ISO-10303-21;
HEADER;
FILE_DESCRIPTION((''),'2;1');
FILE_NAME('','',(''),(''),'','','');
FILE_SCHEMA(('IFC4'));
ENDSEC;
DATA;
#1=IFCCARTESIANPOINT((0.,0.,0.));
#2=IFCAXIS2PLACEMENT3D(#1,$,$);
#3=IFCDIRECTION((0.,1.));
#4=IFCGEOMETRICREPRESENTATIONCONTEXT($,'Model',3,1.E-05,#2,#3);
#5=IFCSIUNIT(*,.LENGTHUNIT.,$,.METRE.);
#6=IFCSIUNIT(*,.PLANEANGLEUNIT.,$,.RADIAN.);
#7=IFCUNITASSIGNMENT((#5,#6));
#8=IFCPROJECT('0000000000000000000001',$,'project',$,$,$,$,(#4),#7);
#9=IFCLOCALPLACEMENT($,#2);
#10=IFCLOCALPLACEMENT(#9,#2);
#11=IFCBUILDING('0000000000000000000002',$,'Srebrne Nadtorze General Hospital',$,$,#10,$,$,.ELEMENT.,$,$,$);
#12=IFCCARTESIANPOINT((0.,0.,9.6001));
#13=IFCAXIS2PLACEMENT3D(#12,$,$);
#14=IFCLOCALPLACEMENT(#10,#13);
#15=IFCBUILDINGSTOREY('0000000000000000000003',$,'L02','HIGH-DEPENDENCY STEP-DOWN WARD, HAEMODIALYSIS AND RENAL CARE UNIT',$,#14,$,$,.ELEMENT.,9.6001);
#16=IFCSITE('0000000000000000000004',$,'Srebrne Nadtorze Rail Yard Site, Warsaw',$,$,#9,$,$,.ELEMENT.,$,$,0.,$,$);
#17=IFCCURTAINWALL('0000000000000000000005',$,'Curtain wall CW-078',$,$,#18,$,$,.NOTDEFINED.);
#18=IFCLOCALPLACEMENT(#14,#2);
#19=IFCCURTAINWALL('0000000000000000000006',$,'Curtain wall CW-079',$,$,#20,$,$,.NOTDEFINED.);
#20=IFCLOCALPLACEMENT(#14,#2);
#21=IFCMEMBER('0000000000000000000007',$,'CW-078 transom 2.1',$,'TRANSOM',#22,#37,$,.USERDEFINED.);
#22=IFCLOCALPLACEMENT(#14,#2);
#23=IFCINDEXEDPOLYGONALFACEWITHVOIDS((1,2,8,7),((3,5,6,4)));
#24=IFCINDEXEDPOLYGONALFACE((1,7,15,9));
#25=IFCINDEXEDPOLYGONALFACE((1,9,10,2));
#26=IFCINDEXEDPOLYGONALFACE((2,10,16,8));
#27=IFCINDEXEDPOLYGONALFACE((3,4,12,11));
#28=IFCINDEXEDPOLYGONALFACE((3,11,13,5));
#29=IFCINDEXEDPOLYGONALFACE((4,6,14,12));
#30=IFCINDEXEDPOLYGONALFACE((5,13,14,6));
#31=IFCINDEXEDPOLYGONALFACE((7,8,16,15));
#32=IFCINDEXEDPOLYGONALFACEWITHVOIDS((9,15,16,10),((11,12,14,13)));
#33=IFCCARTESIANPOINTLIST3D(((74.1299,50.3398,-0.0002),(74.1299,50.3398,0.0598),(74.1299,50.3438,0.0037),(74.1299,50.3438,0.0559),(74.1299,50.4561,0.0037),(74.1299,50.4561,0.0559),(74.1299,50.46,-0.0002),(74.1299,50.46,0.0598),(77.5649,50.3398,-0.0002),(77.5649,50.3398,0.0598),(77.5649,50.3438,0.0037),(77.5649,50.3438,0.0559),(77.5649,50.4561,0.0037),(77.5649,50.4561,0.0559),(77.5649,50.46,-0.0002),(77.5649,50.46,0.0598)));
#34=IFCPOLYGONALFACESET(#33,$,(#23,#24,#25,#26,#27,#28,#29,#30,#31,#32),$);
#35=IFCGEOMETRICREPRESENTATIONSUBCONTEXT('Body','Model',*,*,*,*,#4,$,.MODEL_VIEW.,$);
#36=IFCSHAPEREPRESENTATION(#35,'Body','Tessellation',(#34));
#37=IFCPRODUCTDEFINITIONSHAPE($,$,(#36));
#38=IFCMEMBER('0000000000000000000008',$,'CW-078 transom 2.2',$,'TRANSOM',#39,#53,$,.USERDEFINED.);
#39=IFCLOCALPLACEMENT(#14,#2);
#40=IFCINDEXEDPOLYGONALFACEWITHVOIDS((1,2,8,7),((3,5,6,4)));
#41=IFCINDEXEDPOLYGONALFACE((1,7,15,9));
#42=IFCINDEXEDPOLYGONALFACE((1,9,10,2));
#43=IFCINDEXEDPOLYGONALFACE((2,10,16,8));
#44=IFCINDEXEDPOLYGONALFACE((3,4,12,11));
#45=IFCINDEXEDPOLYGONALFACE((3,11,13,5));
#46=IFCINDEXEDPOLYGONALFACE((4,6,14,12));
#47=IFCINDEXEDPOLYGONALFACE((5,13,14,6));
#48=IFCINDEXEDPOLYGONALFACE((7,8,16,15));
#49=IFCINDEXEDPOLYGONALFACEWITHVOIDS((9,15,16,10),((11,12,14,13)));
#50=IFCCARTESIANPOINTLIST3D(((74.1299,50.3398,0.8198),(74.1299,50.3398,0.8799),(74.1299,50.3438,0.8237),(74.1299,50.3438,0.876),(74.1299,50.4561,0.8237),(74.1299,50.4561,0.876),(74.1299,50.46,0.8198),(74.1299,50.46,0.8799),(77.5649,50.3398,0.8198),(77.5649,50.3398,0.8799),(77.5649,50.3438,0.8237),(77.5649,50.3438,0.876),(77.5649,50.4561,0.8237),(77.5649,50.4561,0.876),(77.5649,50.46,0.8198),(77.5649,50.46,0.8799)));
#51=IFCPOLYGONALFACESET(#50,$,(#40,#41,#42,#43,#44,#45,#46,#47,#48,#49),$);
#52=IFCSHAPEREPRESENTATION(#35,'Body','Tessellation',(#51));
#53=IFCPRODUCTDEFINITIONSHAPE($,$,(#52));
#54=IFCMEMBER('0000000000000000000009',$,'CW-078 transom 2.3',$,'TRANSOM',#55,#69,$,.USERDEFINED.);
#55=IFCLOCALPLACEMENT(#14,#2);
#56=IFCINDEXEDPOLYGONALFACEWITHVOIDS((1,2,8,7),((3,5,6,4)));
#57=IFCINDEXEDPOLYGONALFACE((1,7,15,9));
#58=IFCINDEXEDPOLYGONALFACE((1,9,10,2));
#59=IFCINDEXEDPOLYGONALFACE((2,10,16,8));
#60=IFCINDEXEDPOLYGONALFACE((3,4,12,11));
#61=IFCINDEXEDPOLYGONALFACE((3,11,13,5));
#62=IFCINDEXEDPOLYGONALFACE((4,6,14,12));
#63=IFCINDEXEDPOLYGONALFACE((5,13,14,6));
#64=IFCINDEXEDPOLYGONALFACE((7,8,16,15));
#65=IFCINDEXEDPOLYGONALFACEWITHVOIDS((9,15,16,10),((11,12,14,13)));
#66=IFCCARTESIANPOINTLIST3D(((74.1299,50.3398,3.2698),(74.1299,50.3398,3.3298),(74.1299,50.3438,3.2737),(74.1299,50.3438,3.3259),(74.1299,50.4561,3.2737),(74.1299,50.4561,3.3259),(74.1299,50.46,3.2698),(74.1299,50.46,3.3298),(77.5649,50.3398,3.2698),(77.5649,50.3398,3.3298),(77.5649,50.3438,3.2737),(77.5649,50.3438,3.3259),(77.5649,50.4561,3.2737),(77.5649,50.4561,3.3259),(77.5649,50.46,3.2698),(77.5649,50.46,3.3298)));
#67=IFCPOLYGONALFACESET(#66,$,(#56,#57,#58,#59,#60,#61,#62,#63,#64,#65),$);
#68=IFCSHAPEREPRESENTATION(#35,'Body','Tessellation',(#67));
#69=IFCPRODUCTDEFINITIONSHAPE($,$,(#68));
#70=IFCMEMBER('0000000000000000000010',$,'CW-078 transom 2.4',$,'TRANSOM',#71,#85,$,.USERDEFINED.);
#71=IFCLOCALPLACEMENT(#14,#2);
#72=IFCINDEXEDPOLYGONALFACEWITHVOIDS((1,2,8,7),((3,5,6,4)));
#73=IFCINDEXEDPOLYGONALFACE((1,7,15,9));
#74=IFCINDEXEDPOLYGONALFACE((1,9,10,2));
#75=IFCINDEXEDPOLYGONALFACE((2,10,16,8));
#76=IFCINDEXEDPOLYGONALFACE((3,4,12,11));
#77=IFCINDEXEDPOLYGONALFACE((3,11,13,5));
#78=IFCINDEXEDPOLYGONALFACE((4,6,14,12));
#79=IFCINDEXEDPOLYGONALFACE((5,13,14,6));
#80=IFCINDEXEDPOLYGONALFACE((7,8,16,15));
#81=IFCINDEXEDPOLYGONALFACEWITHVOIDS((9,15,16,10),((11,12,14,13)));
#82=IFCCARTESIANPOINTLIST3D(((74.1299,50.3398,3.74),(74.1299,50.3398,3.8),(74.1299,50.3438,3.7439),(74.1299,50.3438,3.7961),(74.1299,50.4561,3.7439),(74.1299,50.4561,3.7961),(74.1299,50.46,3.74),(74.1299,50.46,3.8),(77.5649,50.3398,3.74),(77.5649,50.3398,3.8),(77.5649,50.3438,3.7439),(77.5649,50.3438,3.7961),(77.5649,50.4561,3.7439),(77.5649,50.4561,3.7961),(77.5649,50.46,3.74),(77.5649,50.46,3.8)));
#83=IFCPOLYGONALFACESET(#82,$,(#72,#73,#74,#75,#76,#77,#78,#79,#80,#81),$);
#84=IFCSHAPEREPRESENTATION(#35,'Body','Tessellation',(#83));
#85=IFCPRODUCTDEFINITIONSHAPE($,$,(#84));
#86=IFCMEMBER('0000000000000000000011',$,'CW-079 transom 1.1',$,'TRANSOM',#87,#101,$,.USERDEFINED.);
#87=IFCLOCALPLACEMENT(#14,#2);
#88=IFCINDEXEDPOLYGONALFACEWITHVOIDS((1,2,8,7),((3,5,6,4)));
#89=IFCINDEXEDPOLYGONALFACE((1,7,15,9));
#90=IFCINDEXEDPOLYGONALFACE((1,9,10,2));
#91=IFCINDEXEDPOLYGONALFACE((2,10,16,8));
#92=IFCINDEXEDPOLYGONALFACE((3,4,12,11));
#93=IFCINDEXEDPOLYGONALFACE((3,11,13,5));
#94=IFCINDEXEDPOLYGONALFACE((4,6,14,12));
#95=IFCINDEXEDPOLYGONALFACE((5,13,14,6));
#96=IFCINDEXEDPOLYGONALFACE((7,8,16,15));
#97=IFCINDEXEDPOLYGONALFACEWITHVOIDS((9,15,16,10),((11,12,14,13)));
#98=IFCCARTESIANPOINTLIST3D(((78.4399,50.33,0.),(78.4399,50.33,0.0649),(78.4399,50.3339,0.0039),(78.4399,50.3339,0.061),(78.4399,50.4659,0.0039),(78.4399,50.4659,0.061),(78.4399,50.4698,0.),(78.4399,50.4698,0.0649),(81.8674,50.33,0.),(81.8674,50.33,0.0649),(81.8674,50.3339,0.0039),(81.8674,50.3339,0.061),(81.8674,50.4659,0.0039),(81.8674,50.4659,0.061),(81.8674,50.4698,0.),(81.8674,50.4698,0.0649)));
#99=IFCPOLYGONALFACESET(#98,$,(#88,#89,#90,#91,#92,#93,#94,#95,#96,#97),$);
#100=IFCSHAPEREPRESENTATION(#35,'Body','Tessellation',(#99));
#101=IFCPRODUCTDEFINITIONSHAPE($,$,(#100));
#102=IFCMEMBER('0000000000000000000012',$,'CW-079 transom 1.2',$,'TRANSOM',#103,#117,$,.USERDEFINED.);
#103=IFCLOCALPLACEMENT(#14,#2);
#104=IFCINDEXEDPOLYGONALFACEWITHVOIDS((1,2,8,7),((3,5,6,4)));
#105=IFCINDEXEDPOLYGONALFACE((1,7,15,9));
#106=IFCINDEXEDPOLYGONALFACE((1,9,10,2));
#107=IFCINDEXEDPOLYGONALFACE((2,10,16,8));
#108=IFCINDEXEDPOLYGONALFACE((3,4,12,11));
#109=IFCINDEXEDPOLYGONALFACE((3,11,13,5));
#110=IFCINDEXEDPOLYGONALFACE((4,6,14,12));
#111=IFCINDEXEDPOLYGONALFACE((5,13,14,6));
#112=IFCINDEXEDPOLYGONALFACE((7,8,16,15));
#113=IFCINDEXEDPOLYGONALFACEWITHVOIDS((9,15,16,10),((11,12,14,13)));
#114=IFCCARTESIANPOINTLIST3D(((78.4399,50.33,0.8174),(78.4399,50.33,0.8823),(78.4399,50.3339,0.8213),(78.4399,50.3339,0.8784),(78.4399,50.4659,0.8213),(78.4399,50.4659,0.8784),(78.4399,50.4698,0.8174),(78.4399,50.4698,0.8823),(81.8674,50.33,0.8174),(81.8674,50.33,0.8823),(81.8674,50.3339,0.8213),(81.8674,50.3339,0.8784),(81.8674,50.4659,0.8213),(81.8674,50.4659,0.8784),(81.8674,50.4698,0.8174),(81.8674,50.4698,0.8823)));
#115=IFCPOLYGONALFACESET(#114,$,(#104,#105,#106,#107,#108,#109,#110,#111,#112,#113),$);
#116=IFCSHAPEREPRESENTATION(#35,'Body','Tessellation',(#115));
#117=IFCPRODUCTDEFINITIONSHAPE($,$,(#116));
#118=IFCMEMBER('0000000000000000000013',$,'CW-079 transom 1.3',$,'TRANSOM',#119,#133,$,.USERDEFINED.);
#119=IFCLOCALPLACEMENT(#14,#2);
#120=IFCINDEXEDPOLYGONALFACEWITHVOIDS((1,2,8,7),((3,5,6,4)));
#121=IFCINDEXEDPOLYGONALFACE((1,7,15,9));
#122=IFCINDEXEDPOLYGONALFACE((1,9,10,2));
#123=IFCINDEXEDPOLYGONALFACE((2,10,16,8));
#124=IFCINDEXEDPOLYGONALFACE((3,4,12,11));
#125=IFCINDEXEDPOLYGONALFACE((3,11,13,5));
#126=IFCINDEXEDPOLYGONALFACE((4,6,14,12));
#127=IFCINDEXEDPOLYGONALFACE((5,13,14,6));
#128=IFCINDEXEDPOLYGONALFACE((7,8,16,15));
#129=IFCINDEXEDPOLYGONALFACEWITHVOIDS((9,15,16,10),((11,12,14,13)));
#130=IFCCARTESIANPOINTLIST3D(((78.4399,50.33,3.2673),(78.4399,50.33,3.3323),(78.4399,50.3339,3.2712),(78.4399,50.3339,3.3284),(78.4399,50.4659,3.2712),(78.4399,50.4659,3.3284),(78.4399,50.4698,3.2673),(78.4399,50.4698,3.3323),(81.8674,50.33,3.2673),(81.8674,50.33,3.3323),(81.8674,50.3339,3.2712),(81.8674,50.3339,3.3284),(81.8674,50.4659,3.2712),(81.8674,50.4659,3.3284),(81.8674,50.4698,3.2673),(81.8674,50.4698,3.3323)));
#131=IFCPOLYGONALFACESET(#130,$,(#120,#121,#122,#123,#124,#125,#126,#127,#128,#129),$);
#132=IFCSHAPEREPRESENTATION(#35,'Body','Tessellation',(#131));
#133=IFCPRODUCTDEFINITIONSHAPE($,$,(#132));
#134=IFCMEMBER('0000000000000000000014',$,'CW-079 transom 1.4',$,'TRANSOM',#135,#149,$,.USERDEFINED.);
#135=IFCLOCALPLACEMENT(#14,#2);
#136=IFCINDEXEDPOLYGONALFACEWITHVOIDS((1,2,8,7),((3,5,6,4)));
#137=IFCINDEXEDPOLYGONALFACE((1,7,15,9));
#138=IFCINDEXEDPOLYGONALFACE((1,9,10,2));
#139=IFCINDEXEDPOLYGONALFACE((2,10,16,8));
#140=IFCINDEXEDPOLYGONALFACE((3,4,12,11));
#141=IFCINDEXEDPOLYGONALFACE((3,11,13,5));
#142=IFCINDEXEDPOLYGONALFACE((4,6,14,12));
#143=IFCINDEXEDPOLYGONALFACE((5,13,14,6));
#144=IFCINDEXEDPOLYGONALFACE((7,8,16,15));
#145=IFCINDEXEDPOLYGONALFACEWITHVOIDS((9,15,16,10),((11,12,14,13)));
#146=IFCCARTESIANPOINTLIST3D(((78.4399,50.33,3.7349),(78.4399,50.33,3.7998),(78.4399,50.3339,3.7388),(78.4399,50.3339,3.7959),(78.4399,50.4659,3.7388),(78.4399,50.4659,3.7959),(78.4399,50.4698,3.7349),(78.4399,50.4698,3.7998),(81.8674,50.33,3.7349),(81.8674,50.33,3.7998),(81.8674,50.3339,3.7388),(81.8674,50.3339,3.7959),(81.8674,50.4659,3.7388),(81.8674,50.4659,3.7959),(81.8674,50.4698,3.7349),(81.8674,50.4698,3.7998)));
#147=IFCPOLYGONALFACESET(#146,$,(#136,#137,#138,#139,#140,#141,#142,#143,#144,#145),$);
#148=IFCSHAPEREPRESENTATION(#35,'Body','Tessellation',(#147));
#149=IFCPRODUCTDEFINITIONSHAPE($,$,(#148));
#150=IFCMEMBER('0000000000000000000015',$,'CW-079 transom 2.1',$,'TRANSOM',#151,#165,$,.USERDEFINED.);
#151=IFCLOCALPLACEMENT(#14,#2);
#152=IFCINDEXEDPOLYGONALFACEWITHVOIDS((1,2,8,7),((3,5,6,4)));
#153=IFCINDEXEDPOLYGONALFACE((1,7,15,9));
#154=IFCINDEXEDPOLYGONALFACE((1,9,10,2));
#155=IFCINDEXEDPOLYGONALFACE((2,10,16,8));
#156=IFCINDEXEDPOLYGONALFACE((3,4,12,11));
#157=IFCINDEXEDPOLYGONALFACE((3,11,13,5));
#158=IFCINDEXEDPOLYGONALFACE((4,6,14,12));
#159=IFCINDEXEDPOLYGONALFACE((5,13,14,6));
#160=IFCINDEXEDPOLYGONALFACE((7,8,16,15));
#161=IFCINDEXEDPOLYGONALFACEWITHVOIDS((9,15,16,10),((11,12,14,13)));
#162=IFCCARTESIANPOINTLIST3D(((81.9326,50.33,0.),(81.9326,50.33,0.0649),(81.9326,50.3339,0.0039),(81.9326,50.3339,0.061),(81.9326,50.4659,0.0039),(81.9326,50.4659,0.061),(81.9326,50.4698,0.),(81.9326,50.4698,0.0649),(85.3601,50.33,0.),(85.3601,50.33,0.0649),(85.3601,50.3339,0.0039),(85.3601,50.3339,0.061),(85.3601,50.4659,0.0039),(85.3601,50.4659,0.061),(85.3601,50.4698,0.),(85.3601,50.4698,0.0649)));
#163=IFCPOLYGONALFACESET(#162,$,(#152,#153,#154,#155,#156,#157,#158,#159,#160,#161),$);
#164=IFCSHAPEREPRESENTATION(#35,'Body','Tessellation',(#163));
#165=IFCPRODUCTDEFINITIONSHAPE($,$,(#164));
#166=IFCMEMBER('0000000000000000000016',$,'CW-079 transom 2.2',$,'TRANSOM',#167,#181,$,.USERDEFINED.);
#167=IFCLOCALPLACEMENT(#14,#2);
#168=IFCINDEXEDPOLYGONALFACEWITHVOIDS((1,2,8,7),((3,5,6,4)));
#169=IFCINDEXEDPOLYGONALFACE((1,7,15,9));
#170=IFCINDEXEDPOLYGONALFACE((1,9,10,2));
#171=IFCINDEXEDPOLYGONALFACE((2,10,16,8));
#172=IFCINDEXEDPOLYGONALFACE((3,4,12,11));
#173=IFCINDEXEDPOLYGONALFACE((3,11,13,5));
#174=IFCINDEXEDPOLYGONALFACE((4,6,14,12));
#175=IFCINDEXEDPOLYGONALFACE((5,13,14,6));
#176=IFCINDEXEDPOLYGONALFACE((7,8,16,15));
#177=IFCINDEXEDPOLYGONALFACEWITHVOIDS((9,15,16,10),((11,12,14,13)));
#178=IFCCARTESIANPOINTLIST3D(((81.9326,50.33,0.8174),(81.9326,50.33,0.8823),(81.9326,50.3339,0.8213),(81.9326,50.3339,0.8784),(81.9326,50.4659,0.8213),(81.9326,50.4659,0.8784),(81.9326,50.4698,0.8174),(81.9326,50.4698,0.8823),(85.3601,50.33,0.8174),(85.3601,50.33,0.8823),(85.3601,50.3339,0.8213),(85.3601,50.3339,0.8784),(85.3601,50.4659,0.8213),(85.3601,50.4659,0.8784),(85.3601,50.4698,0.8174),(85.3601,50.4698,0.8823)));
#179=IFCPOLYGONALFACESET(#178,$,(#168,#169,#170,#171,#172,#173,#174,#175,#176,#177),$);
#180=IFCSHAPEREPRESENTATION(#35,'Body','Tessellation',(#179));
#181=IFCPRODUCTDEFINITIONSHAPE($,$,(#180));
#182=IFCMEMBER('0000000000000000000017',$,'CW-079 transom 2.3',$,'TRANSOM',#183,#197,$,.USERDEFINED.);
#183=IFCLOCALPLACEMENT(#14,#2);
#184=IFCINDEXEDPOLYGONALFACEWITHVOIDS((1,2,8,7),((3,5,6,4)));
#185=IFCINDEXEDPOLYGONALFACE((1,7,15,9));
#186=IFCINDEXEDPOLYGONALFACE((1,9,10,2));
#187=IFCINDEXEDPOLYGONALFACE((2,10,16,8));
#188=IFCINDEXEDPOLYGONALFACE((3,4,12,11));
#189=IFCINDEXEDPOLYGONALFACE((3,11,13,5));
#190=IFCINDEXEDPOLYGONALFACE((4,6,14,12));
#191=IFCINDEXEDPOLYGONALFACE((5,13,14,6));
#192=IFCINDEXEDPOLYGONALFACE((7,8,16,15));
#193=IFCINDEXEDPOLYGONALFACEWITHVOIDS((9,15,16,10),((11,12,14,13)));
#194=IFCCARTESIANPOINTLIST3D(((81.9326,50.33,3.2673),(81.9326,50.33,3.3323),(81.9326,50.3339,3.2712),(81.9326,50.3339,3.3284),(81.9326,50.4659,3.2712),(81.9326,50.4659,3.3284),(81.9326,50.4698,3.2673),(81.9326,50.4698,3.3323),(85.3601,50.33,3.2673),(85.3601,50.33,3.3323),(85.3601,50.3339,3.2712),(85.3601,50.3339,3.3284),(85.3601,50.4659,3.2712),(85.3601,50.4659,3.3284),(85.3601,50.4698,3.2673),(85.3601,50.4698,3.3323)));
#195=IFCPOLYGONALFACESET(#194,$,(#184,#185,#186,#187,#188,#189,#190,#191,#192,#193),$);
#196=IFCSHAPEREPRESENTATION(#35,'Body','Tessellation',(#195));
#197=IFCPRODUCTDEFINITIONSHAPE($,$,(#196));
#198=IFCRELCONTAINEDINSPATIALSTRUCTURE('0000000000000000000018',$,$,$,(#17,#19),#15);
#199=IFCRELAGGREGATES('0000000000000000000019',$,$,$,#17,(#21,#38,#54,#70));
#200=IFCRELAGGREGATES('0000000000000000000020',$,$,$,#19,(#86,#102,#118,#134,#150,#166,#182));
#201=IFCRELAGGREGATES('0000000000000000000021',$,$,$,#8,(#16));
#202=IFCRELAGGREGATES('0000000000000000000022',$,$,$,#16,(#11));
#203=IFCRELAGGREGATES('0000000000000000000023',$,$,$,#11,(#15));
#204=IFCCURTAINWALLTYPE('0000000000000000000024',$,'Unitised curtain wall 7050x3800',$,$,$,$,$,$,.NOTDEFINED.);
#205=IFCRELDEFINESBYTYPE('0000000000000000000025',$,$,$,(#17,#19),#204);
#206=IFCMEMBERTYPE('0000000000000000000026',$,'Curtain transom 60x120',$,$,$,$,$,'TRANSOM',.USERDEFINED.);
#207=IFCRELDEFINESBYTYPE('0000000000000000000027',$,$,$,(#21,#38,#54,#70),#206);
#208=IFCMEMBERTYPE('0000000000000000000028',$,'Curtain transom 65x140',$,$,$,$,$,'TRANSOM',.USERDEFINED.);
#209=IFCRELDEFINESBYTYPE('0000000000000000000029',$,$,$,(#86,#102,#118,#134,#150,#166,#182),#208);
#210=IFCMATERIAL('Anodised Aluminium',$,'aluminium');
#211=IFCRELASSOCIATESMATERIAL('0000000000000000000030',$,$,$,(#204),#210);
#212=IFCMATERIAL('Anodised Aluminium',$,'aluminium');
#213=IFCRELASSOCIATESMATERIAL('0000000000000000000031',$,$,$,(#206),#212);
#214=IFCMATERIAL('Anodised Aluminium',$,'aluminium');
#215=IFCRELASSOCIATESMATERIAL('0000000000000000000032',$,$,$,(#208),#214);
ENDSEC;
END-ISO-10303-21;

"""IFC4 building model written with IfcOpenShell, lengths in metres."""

from ifc_helpers import new_model, si_unit, direction, frame, origin, origin_2d, place, context, subcontext, project, spatial, hollow_rectangle, extrude, material, material_profile, profile_set, type_object, element, aggregate, save


model = new_model("IFC4")

# Units and contexts
model_context = context("Model", 3, precision=1e-05, world=origin(), true_north=direction((0.0, 1.0)))
body_context = subcontext(model_context, "Body", "Model", "MODEL_VIEW")
ifc_project = project(units=[si_unit("LENGTHUNIT", "METRE"), si_unit("PLANEANGLEUNIT", "RADIAN")], contexts=[model_context])

# Site, building, storey
site_placement = place(None, origin())
site = spatial("IfcSite", under=ifc_project, at=site_placement, Name="Srebrne Nadtorze Rail Yard Site, Warsaw", CompositionType="ELEMENT", RefElevation=0.0)
building_placement = place(site_placement, origin())
building = spatial("IfcBuilding", under=site, at=building_placement, Name="Srebrne Nadtorze General Hospital", CompositionType="ELEMENT")
storey_placement = place(building_placement, frame((0.0, 0.0, 9.6001)))
storey = spatial("IfcBuildingStorey", under=building, at=storey_placement, Name="L02", Description="HIGH-DEPENDENCY STEP-DOWN WARD, HAEMODIALYSIS AND RENAL CARE UNIT", CompositionType="ELEMENT", Elevation=9.6001)

# Curtain walls
ifc_material_1 = material(Name="Anodised Aluminium", Category="aluminium")
curtain_wall_type = type_object("IfcCurtainWallType", Name="Unitised curtain wall 7050x3800", PredefinedType="NOTDEFINED", material=ifc_material_1)
curtain_wall_1_placement = place(storey_placement, origin())
curtain_wall_1 = element("IfcCurtainWall", 1, at=curtain_wall_1_placement, inside=storey, type_object=curtain_wall_type, Name="Curtain wall CW-078", PredefinedType="NOTDEFINED")
curtain_wall_2_placement = place(storey_placement, origin())
curtain_wall_2 = element("IfcCurtainWall", 2, at=curtain_wall_2_placement, inside=storey, type_object=curtain_wall_type, Name="Curtain wall CW-079", PredefinedType="NOTDEFINED")

# Members
ifc_material_2 = material(Name="Anodised Aluminium", Category="aluminium")
ifc_material_profile_1 = material_profile(ifc_material_2, hollow_rectangle(XDim=0.0601, YDim=0.1201, WallThickness=0.0039, at=origin_2d()), Name="AL-TRN-60x120")
ifc_profile_set_1 = profile_set([ifc_material_profile_1], Name="Anodised Aluminium")
member_type_1 = type_object("IfcMemberType", Name="Curtain transom 60x120", ElementType="TRANSOM", PredefinedType="USERDEFINED", material=ifc_profile_set_1)
member_1_placement = place(storey_placement, frame((74.1299, 50.3999, 0.0298), z_axis=(1.0, 0.0, 0.0), x_axis=(0.0, 0.0, 1.0)))
member_1 = element("IfcMember", 3, at=member_1_placement, type_object=member_type_1, Name="CW-078 transom 2.1", ObjectType="TRANSOM", PredefinedType="USERDEFINED", context=body_context, shape_type="SweptSolid", body=[
    extrude(hollow_rectangle(XDim=0.0601, YDim=0.1201, WallThickness=0.0039, at=origin_2d()), origin(), (0.0, 0.0, 1.0), 3.4351),
])
member_2_placement = place(storey_placement, frame((74.1299, 50.3999, 0.8499), z_axis=(1.0, 0.0, 0.0), x_axis=(0.0, 0.0, 1.0)))
member_2 = element("IfcMember", 4, at=member_2_placement, type_object=member_type_1, Name="CW-078 transom 2.2", ObjectType="TRANSOM", PredefinedType="USERDEFINED", context=body_context, shape_type="SweptSolid", body=[
    extrude(hollow_rectangle(XDim=0.0601, YDim=0.1201, WallThickness=0.0039, at=origin_2d()), origin(), (0.0, 0.0, 1.0), 3.4351),
])
member_3_placement = place(storey_placement, frame((74.1299, 50.3999, 3.2998), z_axis=(1.0, 0.0, 0.0), x_axis=(0.0, 0.0, 1.0)))
member_3 = element("IfcMember", 5, at=member_3_placement, type_object=member_type_1, Name="CW-078 transom 2.3", ObjectType="TRANSOM", PredefinedType="USERDEFINED", context=body_context, shape_type="SweptSolid", body=[
    extrude(hollow_rectangle(XDim=0.0601, YDim=0.1201, WallThickness=0.0039, at=origin_2d()), origin(), (0.0, 0.0, 1.0), 3.4351),
])
member_4_placement = place(storey_placement, frame((74.1299, 50.3999, 3.77), z_axis=(1.0, 0.0, 0.0), x_axis=(0.0, 0.0, 1.0)))
member_4 = element("IfcMember", 6, at=member_4_placement, type_object=member_type_1, Name="CW-078 transom 2.4", ObjectType="TRANSOM", PredefinedType="USERDEFINED", context=body_context, shape_type="SweptSolid", body=[
    extrude(hollow_rectangle(XDim=0.0601, YDim=0.1201, WallThickness=0.0039, at=origin_2d()), origin(), (0.0, 0.0, 1.0), 3.4351),
])
ifc_material_3 = material(Name="Anodised Aluminium", Category="aluminium")
ifc_material_profile_2 = material_profile(ifc_material_3, hollow_rectangle(XDim=0.0649, YDim=0.1399, WallThickness=0.0039, at=origin_2d()), Name="AL-TRN-65x140")
ifc_profile_set_2 = profile_set([ifc_material_profile_2], Name="Anodised Aluminium")
member_type_2 = type_object("IfcMemberType", Name="Curtain transom 65x140", ElementType="TRANSOM", PredefinedType="USERDEFINED", material=ifc_profile_set_2)
member_5_placement = place(storey_placement, frame((78.4399, 50.3999, 0.0325), z_axis=(1.0, 0.0, 0.0), x_axis=(0.0, 0.0, 1.0)))
member_5 = element("IfcMember", 7, at=member_5_placement, type_object=member_type_2, Name="CW-079 transom 1.1", ObjectType="TRANSOM", PredefinedType="USERDEFINED", context=body_context, shape_type="SweptSolid", body=[
    extrude(hollow_rectangle(XDim=0.0649, YDim=0.1399, WallThickness=0.0039, at=origin_2d()), origin(), (0.0, 0.0, 1.0), 3.4275),
])
member_6_placement = place(storey_placement, frame((78.4399, 50.3999, 0.8499), z_axis=(1.0, 0.0, 0.0), x_axis=(0.0, 0.0, 1.0)))
member_6 = element("IfcMember", 8, at=member_6_placement, type_object=member_type_2, Name="CW-079 transom 1.2", ObjectType="TRANSOM", PredefinedType="USERDEFINED", context=body_context, shape_type="SweptSolid", body=[
    extrude(hollow_rectangle(XDim=0.0649, YDim=0.1399, WallThickness=0.0039, at=origin_2d()), origin(), (0.0, 0.0, 1.0), 3.4275),
])
member_7_placement = place(storey_placement, frame((78.4399, 50.3999, 3.2998), z_axis=(1.0, 0.0, 0.0), x_axis=(0.0, 0.0, 1.0)))
member_7 = element("IfcMember", 9, at=member_7_placement, type_object=member_type_2, Name="CW-079 transom 1.3", ObjectType="TRANSOM", PredefinedType="USERDEFINED", context=body_context, shape_type="SweptSolid", body=[
    extrude(hollow_rectangle(XDim=0.0649, YDim=0.1399, WallThickness=0.0039, at=origin_2d()), origin(), (0.0, 0.0, 1.0), 3.4275),
])
member_8_placement = place(storey_placement, frame((78.4399, 50.3999, 3.7673), z_axis=(1.0, 0.0, 0.0), x_axis=(0.0, 0.0, 1.0)))
member_8 = element("IfcMember", 10, at=member_8_placement, type_object=member_type_2, Name="CW-079 transom 1.4", ObjectType="TRANSOM", PredefinedType="USERDEFINED", context=body_context, shape_type="SweptSolid", body=[
    extrude(hollow_rectangle(XDim=0.0649, YDim=0.1399, WallThickness=0.0039, at=origin_2d()), origin(), (0.0, 0.0, 1.0), 3.4275),
])
member_9_placement = place(storey_placement, frame((81.9326, 50.3999, 0.0325), z_axis=(1.0, 0.0, 0.0), x_axis=(0.0, 0.0, 1.0)))
member_9 = element("IfcMember", 11, at=member_9_placement, type_object=member_type_2, Name="CW-079 transom 2.1", ObjectType="TRANSOM", PredefinedType="USERDEFINED", context=body_context, shape_type="SweptSolid", body=[
    extrude(hollow_rectangle(XDim=0.0649, YDim=0.1399, WallThickness=0.0039, at=origin_2d()), origin(), (0.0, 0.0, 1.0), 3.4275),
])
member_10_placement = place(storey_placement, frame((81.9326, 50.3999, 0.8499), z_axis=(1.0, 0.0, 0.0), x_axis=(0.0, 0.0, 1.0)))
member_10 = element("IfcMember", 12, at=member_10_placement, type_object=member_type_2, Name="CW-079 transom 2.2", ObjectType="TRANSOM", PredefinedType="USERDEFINED", context=body_context, shape_type="SweptSolid", body=[
    extrude(hollow_rectangle(XDim=0.0649, YDim=0.1399, WallThickness=0.0039, at=origin_2d()), origin(), (0.0, 0.0, 1.0), 3.4275),
])
member_11_placement = place(storey_placement, frame((81.9326, 50.3999, 3.2998), z_axis=(1.0, 0.0, 0.0), x_axis=(0.0, 0.0, 1.0)))
member_11 = element("IfcMember", 13, at=member_11_placement, type_object=member_type_2, Name="CW-079 transom 2.3", ObjectType="TRANSOM", PredefinedType="USERDEFINED", context=body_context, shape_type="SweptSolid", body=[
    extrude(hollow_rectangle(XDim=0.0649, YDim=0.1399, WallThickness=0.0039, at=origin_2d()), origin(), (0.0, 0.0, 1.0), 3.4275),
])

aggregate(curtain_wall_1, [member_1, member_2, member_3, member_4])
aggregate(curtain_wall_2, [member_5, member_6, member_7, member_8, member_9, member_10, member_11])

save(model, "model.ifc")
